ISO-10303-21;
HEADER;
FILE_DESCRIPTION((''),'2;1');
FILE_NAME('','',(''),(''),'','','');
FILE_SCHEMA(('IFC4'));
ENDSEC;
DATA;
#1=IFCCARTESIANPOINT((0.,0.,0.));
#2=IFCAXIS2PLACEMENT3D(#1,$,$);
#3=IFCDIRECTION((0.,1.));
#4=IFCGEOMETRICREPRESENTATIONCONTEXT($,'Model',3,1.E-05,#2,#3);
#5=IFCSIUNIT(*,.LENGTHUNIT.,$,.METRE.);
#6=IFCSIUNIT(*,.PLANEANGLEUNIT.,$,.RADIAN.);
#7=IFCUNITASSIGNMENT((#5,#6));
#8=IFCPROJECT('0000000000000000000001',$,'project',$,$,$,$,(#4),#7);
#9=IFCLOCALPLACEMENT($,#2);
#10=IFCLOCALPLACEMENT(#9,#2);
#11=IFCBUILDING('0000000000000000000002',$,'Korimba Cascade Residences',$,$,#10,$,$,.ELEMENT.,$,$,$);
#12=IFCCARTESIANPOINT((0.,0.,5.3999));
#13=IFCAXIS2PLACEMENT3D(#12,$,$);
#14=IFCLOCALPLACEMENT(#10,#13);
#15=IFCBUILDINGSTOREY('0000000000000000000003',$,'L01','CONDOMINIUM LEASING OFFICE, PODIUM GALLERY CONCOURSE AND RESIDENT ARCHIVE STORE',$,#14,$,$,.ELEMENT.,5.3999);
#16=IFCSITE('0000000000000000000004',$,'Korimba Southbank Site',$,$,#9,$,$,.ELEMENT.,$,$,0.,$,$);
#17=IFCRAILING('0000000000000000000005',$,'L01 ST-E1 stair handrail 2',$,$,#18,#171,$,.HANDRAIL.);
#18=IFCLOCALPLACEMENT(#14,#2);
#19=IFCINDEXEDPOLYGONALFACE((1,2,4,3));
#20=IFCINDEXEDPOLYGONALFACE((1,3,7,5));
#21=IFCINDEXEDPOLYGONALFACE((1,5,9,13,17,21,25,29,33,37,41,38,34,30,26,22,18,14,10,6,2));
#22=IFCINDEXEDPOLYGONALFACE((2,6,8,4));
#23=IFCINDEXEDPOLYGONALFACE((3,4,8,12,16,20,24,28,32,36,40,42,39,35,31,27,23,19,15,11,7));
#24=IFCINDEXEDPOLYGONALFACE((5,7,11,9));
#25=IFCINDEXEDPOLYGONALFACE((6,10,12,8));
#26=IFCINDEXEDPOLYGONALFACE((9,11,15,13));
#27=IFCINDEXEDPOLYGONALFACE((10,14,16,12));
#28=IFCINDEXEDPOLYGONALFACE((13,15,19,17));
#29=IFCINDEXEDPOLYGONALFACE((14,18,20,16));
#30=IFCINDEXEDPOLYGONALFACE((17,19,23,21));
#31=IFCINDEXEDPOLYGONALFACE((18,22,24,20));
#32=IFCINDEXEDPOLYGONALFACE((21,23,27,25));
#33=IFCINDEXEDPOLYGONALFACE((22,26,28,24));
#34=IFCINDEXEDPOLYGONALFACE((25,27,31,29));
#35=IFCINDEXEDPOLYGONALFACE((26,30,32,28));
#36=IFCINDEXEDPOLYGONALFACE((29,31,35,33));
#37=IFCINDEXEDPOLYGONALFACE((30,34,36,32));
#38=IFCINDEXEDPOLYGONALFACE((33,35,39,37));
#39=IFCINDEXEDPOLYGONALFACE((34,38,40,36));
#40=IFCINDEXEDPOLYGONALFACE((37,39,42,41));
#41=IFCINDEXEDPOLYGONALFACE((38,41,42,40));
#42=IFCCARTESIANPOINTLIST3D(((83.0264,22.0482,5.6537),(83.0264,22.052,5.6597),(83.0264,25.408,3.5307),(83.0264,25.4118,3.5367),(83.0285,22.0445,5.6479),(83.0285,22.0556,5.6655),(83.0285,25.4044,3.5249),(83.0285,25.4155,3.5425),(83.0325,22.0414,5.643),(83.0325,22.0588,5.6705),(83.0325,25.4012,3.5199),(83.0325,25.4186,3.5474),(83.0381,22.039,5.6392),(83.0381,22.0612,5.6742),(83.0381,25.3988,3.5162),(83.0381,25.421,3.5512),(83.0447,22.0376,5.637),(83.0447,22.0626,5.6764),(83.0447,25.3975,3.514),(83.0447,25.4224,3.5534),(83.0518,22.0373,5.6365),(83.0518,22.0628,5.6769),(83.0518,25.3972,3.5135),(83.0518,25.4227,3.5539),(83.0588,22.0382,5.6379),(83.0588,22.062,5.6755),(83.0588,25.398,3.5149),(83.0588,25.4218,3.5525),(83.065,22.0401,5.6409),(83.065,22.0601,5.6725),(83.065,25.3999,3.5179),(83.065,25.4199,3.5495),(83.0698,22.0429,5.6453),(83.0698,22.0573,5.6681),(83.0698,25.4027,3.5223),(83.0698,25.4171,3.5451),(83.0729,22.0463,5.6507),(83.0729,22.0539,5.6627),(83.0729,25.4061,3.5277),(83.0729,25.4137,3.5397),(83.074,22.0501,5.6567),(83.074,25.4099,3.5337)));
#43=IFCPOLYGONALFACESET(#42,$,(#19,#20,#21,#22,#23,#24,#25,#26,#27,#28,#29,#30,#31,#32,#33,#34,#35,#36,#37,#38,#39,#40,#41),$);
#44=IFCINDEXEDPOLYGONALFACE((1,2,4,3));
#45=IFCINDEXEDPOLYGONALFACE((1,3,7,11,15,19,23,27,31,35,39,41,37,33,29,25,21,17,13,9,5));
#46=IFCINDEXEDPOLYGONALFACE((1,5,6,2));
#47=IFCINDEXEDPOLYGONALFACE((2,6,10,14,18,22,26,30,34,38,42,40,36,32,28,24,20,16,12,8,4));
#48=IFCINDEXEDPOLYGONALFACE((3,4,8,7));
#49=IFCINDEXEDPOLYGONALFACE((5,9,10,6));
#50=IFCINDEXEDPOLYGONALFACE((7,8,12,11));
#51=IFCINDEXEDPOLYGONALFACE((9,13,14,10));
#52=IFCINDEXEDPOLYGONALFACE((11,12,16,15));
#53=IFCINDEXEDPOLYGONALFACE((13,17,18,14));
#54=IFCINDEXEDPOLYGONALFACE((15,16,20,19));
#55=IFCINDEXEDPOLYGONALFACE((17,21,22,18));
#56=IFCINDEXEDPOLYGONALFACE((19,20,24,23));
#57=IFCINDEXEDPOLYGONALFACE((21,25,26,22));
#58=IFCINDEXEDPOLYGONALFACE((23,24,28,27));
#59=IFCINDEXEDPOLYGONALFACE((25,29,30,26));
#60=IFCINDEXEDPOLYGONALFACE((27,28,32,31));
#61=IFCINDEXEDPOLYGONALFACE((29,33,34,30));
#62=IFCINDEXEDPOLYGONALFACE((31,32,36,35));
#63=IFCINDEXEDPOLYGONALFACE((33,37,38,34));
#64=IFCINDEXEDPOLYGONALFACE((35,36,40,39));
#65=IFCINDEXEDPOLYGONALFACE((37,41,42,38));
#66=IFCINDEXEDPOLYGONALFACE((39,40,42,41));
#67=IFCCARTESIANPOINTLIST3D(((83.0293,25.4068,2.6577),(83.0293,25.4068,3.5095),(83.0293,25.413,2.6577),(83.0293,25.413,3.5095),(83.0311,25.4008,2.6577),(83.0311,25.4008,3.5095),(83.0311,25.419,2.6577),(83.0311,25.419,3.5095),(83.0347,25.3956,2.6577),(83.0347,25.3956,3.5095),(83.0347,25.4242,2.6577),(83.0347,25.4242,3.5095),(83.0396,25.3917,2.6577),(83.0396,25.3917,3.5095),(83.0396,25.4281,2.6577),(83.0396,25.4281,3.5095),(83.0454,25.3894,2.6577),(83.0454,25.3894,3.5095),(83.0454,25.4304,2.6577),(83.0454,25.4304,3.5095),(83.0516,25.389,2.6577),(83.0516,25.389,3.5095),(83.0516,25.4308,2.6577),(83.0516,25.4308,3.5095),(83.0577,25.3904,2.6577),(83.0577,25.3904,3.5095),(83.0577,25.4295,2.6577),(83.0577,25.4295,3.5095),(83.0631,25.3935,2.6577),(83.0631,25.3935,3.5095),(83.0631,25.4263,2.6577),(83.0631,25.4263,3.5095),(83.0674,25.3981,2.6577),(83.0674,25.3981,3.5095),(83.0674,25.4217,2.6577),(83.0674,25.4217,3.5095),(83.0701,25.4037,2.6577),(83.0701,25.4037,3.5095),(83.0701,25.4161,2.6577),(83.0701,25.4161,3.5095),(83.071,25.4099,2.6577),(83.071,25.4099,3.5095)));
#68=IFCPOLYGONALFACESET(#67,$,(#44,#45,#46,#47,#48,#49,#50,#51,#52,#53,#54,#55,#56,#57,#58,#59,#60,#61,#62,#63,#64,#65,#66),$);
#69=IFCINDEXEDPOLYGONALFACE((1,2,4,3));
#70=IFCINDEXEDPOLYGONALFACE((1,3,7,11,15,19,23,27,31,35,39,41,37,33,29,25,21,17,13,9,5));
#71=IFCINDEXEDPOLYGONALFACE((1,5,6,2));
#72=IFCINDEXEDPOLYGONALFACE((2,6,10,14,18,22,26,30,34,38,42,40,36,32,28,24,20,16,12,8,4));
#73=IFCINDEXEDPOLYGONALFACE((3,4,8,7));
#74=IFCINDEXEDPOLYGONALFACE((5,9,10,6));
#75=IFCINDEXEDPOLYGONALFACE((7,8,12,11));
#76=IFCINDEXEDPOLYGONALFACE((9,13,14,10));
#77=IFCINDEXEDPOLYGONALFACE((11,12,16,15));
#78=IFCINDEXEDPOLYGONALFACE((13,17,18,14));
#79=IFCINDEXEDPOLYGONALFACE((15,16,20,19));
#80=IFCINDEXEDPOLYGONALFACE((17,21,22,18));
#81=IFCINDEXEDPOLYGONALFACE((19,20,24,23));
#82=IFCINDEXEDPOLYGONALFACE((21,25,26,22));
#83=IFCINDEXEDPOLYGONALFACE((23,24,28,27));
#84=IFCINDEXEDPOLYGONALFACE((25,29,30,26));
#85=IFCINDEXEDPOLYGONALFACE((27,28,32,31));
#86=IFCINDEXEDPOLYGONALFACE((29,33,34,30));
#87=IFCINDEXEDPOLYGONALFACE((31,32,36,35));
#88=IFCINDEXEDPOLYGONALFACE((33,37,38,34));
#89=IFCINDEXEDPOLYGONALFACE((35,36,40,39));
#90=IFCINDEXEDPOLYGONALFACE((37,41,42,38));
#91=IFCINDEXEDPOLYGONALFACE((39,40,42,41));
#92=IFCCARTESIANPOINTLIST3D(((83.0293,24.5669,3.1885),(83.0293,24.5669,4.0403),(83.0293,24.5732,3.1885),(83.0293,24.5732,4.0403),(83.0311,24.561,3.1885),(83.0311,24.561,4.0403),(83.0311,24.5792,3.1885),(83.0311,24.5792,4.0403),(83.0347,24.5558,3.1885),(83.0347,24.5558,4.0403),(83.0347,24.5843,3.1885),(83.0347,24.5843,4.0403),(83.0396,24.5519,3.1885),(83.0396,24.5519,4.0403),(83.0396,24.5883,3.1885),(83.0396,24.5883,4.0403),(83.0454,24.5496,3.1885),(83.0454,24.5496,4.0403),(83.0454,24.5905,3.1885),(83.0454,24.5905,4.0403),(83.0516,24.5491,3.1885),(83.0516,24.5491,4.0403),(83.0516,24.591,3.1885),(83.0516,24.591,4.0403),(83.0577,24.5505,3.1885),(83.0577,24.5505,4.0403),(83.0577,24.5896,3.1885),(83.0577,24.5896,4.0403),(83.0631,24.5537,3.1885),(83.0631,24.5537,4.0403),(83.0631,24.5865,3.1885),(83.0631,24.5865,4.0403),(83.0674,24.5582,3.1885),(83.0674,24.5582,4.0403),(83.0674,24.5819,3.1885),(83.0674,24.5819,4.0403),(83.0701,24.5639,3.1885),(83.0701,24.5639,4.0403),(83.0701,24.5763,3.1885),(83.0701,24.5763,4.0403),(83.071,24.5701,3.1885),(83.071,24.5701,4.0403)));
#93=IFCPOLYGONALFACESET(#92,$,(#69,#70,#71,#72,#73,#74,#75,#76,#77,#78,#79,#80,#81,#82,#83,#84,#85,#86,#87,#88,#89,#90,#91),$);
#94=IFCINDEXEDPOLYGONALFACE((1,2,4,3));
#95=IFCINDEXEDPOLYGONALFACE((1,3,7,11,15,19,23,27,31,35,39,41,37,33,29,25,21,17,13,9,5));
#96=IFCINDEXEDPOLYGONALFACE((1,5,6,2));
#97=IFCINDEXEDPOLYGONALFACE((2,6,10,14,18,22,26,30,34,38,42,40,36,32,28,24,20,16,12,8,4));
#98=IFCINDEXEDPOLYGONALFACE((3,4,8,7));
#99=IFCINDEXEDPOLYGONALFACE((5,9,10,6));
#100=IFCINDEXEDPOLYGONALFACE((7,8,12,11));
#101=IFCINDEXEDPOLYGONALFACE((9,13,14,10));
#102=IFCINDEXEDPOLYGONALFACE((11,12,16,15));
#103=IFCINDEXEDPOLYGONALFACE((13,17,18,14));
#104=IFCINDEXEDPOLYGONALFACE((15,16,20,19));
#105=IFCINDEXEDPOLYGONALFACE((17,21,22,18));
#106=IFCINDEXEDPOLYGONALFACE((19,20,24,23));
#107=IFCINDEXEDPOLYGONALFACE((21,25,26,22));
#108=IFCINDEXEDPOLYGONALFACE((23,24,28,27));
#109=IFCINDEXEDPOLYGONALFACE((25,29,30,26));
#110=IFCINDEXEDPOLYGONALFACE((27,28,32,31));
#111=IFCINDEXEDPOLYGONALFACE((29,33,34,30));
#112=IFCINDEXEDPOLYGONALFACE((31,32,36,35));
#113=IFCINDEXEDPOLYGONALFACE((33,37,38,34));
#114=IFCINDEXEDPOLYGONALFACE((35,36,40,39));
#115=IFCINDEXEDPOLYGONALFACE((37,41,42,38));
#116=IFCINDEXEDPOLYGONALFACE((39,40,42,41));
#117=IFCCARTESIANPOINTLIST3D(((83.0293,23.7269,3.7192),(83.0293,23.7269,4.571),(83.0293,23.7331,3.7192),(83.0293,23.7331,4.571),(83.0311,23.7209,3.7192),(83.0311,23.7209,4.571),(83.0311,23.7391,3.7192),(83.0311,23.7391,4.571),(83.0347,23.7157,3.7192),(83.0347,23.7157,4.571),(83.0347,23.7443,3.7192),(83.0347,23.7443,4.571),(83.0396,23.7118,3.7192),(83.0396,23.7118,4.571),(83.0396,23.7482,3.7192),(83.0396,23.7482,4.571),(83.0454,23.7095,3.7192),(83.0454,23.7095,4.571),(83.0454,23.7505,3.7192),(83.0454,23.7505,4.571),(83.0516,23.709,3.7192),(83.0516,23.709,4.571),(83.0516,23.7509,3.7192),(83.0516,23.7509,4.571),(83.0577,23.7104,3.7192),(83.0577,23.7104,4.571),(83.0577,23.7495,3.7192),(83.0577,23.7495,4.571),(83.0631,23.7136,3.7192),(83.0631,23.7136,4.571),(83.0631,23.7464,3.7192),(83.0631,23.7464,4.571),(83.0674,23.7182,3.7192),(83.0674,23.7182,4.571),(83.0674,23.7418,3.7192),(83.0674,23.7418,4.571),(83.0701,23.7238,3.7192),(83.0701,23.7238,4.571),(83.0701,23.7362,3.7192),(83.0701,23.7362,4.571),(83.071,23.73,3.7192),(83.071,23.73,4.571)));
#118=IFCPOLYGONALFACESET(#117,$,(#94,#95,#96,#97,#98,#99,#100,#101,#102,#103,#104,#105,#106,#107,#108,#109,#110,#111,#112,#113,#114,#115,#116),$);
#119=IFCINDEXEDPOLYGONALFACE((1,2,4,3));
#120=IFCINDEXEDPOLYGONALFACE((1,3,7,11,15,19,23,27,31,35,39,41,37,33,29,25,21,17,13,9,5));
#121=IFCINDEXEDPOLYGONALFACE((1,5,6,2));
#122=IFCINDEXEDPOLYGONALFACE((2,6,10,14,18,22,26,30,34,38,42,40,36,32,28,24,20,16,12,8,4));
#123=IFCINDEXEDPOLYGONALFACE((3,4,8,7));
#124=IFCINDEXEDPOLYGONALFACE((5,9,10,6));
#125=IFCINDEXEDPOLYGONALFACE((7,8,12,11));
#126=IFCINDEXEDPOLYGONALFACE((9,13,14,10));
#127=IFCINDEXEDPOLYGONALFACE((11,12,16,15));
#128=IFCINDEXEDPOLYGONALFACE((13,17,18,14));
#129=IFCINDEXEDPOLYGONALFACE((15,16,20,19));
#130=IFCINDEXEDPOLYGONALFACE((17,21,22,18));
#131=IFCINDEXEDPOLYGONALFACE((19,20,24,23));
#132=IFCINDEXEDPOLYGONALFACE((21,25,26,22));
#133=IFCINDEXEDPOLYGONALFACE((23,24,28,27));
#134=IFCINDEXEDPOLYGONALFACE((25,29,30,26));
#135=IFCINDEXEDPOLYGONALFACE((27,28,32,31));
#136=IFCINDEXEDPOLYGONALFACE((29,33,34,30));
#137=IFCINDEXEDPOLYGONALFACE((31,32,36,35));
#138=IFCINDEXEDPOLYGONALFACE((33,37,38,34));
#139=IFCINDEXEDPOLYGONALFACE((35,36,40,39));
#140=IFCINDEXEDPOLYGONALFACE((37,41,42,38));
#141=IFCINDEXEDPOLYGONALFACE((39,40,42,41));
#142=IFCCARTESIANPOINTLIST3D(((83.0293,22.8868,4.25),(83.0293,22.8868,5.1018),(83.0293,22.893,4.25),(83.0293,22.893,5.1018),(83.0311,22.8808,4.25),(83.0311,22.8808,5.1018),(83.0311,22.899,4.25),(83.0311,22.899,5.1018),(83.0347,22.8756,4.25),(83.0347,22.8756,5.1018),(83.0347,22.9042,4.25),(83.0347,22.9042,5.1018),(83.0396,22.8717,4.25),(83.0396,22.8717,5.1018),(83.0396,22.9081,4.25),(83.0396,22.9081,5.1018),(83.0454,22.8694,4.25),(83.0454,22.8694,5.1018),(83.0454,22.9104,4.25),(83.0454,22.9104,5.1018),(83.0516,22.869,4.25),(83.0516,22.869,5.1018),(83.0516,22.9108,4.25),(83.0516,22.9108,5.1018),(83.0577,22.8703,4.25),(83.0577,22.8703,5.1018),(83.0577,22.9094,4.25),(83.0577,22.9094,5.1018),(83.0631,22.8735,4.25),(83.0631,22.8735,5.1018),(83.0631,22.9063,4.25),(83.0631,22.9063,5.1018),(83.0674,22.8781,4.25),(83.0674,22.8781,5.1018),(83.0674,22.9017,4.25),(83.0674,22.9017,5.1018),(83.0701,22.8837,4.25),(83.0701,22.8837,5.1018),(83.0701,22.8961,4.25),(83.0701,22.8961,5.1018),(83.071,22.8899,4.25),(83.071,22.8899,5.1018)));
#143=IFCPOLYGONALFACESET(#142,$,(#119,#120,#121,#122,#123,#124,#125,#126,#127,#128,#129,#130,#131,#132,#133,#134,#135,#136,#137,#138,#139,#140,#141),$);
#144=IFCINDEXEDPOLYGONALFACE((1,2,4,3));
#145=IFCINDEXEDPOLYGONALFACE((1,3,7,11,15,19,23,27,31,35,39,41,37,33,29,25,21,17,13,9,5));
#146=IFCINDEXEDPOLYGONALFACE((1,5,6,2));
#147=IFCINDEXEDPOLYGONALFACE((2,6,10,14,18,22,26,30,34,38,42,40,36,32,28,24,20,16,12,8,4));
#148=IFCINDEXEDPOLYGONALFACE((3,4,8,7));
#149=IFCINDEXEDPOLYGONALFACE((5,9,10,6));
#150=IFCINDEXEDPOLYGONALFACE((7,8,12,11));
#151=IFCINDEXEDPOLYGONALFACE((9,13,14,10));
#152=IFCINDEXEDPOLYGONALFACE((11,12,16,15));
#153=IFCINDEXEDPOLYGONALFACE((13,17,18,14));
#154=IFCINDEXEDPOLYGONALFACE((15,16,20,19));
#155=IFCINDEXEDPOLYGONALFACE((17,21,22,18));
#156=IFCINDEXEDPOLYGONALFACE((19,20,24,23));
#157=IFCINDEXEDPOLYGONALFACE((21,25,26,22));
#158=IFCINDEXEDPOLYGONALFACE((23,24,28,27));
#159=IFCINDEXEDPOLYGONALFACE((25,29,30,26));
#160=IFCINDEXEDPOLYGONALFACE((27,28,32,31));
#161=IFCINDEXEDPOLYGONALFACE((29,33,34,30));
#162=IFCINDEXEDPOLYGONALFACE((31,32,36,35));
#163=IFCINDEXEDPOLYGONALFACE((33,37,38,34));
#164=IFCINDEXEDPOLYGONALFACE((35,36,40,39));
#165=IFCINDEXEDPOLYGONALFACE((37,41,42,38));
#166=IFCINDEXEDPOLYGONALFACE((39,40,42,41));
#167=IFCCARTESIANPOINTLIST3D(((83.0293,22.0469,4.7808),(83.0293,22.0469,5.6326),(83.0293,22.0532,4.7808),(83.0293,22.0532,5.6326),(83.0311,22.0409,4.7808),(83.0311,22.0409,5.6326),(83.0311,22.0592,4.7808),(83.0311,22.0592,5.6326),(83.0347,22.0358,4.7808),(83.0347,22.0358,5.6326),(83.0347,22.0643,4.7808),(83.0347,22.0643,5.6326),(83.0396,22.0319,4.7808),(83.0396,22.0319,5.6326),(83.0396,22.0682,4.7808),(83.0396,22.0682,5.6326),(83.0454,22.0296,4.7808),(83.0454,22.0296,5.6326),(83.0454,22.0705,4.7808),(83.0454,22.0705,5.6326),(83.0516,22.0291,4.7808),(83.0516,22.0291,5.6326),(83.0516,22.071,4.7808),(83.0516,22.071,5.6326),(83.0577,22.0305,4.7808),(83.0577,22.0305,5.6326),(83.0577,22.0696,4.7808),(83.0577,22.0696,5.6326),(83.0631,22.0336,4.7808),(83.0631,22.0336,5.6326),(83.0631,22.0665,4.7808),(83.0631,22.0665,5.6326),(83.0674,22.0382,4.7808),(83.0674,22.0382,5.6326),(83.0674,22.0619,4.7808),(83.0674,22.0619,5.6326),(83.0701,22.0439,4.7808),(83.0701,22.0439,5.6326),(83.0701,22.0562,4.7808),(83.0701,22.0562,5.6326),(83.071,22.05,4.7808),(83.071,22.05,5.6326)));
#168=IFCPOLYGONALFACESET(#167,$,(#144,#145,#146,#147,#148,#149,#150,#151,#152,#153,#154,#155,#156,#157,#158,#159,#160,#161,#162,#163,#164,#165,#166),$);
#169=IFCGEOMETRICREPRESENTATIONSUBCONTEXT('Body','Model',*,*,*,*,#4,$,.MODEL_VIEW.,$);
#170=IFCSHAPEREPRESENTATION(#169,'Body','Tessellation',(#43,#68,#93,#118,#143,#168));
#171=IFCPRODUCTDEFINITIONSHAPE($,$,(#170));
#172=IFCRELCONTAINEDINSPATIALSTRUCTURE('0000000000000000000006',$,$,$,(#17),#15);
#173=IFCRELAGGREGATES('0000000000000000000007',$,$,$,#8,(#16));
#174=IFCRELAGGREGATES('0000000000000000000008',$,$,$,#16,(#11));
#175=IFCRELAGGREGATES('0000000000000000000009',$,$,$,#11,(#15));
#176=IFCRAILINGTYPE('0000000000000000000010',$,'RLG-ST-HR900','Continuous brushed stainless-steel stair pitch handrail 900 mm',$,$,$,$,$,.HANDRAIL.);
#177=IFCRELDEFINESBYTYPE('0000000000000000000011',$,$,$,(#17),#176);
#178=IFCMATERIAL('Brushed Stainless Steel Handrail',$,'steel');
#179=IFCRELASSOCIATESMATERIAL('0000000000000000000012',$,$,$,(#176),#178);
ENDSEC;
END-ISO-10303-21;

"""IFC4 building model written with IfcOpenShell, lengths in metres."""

from ifc_helpers import new_model, si_unit, direction, frame, origin, origin_2d, place, context, subcontext, project, spatial, circle, extrude, material, type_object, element, save


model = new_model("IFC4")

# Units and contexts
model_context = context("Model", 3, precision=1e-05, world=origin(), true_north=direction((0.0, 1.0)))
body_context = subcontext(model_context, "Body", "Model", "MODEL_VIEW")
ifc_project = project(units=[si_unit("LENGTHUNIT", "METRE"), si_unit("PLANEANGLEUNIT", "RADIAN")], contexts=[model_context])

# Site, building, storey
site_placement = place(None, origin())
site = spatial("IfcSite", under=ifc_project, at=site_placement, Name="Korimba Southbank Site", CompositionType="ELEMENT", RefElevation=0.0)
building_placement = place(site_placement, origin())
building = spatial("IfcBuilding", under=site, at=building_placement, Name="Korimba Cascade Residences", CompositionType="ELEMENT")
storey_placement = place(building_placement, frame((0.0, 0.0, 5.3999)))
storey = spatial("IfcBuildingStorey", under=building, at=storey_placement, Name="L01", Description="CONDOMINIUM LEASING OFFICE, PODIUM GALLERY CONCOURSE AND RESIDENT ARCHIVE STORE", CompositionType="ELEMENT", Elevation=5.3999)

# Railing
ifc_material_1 = material(Name="Brushed Stainless Steel Handrail", Category="steel")
railing_type_1 = type_object("IfcRailingType", Name="RLG-ST-HR900", Description="Continuous brushed stainless-steel stair pitch handrail 900 mm", PredefinedType="HANDRAIL", material=ifc_material_1)
railing_1_placement = place(storey_placement, frame((83.05, 25.4099, 2.6577)))
element("IfcRailing", 1, at=railing_1_placement, inside=storey, type_object=railing_type_1, Name="L01 ST-E1 stair handrail 2", PredefinedType="HANDRAIL", context=body_context, shape_type="SweptSolid", body=[
    extrude(circle(Radius=0.0239, at=origin_2d()), frame((0.0, 0.0, 0.876), z_axis=(0.0, -0.845372, 0.534178), x_axis=(1.0, 0.0, 0.0)), (0.0, 0.0, 1.0), 3.9744),
    extrude(circle(Radius=0.021, at=origin_2d()), origin(), (0.0, 0.0, 1.0), 0.8518),
    extrude(circle(Radius=0.021, at=origin_2d()), frame((0.0, -0.8398, 0.5308)), (0.0, 0.0, 1.0), 0.8518),
    extrude(circle(Radius=0.021, at=origin_2d()), frame((0.0, -1.6799, 1.0615)), (0.0, 0.0, 1.0), 0.8518),
    extrude(circle(Radius=0.021, at=origin_2d()), frame((0.0, -2.52, 1.5923)), (0.0, 0.0, 1.0), 0.8518),
    extrude(circle(Radius=0.021, at=origin_2d()), frame((0.0, -3.3599, 2.123)), (0.0, 0.0, 1.0), 0.8518),
])

save(model, "model.ifc")
